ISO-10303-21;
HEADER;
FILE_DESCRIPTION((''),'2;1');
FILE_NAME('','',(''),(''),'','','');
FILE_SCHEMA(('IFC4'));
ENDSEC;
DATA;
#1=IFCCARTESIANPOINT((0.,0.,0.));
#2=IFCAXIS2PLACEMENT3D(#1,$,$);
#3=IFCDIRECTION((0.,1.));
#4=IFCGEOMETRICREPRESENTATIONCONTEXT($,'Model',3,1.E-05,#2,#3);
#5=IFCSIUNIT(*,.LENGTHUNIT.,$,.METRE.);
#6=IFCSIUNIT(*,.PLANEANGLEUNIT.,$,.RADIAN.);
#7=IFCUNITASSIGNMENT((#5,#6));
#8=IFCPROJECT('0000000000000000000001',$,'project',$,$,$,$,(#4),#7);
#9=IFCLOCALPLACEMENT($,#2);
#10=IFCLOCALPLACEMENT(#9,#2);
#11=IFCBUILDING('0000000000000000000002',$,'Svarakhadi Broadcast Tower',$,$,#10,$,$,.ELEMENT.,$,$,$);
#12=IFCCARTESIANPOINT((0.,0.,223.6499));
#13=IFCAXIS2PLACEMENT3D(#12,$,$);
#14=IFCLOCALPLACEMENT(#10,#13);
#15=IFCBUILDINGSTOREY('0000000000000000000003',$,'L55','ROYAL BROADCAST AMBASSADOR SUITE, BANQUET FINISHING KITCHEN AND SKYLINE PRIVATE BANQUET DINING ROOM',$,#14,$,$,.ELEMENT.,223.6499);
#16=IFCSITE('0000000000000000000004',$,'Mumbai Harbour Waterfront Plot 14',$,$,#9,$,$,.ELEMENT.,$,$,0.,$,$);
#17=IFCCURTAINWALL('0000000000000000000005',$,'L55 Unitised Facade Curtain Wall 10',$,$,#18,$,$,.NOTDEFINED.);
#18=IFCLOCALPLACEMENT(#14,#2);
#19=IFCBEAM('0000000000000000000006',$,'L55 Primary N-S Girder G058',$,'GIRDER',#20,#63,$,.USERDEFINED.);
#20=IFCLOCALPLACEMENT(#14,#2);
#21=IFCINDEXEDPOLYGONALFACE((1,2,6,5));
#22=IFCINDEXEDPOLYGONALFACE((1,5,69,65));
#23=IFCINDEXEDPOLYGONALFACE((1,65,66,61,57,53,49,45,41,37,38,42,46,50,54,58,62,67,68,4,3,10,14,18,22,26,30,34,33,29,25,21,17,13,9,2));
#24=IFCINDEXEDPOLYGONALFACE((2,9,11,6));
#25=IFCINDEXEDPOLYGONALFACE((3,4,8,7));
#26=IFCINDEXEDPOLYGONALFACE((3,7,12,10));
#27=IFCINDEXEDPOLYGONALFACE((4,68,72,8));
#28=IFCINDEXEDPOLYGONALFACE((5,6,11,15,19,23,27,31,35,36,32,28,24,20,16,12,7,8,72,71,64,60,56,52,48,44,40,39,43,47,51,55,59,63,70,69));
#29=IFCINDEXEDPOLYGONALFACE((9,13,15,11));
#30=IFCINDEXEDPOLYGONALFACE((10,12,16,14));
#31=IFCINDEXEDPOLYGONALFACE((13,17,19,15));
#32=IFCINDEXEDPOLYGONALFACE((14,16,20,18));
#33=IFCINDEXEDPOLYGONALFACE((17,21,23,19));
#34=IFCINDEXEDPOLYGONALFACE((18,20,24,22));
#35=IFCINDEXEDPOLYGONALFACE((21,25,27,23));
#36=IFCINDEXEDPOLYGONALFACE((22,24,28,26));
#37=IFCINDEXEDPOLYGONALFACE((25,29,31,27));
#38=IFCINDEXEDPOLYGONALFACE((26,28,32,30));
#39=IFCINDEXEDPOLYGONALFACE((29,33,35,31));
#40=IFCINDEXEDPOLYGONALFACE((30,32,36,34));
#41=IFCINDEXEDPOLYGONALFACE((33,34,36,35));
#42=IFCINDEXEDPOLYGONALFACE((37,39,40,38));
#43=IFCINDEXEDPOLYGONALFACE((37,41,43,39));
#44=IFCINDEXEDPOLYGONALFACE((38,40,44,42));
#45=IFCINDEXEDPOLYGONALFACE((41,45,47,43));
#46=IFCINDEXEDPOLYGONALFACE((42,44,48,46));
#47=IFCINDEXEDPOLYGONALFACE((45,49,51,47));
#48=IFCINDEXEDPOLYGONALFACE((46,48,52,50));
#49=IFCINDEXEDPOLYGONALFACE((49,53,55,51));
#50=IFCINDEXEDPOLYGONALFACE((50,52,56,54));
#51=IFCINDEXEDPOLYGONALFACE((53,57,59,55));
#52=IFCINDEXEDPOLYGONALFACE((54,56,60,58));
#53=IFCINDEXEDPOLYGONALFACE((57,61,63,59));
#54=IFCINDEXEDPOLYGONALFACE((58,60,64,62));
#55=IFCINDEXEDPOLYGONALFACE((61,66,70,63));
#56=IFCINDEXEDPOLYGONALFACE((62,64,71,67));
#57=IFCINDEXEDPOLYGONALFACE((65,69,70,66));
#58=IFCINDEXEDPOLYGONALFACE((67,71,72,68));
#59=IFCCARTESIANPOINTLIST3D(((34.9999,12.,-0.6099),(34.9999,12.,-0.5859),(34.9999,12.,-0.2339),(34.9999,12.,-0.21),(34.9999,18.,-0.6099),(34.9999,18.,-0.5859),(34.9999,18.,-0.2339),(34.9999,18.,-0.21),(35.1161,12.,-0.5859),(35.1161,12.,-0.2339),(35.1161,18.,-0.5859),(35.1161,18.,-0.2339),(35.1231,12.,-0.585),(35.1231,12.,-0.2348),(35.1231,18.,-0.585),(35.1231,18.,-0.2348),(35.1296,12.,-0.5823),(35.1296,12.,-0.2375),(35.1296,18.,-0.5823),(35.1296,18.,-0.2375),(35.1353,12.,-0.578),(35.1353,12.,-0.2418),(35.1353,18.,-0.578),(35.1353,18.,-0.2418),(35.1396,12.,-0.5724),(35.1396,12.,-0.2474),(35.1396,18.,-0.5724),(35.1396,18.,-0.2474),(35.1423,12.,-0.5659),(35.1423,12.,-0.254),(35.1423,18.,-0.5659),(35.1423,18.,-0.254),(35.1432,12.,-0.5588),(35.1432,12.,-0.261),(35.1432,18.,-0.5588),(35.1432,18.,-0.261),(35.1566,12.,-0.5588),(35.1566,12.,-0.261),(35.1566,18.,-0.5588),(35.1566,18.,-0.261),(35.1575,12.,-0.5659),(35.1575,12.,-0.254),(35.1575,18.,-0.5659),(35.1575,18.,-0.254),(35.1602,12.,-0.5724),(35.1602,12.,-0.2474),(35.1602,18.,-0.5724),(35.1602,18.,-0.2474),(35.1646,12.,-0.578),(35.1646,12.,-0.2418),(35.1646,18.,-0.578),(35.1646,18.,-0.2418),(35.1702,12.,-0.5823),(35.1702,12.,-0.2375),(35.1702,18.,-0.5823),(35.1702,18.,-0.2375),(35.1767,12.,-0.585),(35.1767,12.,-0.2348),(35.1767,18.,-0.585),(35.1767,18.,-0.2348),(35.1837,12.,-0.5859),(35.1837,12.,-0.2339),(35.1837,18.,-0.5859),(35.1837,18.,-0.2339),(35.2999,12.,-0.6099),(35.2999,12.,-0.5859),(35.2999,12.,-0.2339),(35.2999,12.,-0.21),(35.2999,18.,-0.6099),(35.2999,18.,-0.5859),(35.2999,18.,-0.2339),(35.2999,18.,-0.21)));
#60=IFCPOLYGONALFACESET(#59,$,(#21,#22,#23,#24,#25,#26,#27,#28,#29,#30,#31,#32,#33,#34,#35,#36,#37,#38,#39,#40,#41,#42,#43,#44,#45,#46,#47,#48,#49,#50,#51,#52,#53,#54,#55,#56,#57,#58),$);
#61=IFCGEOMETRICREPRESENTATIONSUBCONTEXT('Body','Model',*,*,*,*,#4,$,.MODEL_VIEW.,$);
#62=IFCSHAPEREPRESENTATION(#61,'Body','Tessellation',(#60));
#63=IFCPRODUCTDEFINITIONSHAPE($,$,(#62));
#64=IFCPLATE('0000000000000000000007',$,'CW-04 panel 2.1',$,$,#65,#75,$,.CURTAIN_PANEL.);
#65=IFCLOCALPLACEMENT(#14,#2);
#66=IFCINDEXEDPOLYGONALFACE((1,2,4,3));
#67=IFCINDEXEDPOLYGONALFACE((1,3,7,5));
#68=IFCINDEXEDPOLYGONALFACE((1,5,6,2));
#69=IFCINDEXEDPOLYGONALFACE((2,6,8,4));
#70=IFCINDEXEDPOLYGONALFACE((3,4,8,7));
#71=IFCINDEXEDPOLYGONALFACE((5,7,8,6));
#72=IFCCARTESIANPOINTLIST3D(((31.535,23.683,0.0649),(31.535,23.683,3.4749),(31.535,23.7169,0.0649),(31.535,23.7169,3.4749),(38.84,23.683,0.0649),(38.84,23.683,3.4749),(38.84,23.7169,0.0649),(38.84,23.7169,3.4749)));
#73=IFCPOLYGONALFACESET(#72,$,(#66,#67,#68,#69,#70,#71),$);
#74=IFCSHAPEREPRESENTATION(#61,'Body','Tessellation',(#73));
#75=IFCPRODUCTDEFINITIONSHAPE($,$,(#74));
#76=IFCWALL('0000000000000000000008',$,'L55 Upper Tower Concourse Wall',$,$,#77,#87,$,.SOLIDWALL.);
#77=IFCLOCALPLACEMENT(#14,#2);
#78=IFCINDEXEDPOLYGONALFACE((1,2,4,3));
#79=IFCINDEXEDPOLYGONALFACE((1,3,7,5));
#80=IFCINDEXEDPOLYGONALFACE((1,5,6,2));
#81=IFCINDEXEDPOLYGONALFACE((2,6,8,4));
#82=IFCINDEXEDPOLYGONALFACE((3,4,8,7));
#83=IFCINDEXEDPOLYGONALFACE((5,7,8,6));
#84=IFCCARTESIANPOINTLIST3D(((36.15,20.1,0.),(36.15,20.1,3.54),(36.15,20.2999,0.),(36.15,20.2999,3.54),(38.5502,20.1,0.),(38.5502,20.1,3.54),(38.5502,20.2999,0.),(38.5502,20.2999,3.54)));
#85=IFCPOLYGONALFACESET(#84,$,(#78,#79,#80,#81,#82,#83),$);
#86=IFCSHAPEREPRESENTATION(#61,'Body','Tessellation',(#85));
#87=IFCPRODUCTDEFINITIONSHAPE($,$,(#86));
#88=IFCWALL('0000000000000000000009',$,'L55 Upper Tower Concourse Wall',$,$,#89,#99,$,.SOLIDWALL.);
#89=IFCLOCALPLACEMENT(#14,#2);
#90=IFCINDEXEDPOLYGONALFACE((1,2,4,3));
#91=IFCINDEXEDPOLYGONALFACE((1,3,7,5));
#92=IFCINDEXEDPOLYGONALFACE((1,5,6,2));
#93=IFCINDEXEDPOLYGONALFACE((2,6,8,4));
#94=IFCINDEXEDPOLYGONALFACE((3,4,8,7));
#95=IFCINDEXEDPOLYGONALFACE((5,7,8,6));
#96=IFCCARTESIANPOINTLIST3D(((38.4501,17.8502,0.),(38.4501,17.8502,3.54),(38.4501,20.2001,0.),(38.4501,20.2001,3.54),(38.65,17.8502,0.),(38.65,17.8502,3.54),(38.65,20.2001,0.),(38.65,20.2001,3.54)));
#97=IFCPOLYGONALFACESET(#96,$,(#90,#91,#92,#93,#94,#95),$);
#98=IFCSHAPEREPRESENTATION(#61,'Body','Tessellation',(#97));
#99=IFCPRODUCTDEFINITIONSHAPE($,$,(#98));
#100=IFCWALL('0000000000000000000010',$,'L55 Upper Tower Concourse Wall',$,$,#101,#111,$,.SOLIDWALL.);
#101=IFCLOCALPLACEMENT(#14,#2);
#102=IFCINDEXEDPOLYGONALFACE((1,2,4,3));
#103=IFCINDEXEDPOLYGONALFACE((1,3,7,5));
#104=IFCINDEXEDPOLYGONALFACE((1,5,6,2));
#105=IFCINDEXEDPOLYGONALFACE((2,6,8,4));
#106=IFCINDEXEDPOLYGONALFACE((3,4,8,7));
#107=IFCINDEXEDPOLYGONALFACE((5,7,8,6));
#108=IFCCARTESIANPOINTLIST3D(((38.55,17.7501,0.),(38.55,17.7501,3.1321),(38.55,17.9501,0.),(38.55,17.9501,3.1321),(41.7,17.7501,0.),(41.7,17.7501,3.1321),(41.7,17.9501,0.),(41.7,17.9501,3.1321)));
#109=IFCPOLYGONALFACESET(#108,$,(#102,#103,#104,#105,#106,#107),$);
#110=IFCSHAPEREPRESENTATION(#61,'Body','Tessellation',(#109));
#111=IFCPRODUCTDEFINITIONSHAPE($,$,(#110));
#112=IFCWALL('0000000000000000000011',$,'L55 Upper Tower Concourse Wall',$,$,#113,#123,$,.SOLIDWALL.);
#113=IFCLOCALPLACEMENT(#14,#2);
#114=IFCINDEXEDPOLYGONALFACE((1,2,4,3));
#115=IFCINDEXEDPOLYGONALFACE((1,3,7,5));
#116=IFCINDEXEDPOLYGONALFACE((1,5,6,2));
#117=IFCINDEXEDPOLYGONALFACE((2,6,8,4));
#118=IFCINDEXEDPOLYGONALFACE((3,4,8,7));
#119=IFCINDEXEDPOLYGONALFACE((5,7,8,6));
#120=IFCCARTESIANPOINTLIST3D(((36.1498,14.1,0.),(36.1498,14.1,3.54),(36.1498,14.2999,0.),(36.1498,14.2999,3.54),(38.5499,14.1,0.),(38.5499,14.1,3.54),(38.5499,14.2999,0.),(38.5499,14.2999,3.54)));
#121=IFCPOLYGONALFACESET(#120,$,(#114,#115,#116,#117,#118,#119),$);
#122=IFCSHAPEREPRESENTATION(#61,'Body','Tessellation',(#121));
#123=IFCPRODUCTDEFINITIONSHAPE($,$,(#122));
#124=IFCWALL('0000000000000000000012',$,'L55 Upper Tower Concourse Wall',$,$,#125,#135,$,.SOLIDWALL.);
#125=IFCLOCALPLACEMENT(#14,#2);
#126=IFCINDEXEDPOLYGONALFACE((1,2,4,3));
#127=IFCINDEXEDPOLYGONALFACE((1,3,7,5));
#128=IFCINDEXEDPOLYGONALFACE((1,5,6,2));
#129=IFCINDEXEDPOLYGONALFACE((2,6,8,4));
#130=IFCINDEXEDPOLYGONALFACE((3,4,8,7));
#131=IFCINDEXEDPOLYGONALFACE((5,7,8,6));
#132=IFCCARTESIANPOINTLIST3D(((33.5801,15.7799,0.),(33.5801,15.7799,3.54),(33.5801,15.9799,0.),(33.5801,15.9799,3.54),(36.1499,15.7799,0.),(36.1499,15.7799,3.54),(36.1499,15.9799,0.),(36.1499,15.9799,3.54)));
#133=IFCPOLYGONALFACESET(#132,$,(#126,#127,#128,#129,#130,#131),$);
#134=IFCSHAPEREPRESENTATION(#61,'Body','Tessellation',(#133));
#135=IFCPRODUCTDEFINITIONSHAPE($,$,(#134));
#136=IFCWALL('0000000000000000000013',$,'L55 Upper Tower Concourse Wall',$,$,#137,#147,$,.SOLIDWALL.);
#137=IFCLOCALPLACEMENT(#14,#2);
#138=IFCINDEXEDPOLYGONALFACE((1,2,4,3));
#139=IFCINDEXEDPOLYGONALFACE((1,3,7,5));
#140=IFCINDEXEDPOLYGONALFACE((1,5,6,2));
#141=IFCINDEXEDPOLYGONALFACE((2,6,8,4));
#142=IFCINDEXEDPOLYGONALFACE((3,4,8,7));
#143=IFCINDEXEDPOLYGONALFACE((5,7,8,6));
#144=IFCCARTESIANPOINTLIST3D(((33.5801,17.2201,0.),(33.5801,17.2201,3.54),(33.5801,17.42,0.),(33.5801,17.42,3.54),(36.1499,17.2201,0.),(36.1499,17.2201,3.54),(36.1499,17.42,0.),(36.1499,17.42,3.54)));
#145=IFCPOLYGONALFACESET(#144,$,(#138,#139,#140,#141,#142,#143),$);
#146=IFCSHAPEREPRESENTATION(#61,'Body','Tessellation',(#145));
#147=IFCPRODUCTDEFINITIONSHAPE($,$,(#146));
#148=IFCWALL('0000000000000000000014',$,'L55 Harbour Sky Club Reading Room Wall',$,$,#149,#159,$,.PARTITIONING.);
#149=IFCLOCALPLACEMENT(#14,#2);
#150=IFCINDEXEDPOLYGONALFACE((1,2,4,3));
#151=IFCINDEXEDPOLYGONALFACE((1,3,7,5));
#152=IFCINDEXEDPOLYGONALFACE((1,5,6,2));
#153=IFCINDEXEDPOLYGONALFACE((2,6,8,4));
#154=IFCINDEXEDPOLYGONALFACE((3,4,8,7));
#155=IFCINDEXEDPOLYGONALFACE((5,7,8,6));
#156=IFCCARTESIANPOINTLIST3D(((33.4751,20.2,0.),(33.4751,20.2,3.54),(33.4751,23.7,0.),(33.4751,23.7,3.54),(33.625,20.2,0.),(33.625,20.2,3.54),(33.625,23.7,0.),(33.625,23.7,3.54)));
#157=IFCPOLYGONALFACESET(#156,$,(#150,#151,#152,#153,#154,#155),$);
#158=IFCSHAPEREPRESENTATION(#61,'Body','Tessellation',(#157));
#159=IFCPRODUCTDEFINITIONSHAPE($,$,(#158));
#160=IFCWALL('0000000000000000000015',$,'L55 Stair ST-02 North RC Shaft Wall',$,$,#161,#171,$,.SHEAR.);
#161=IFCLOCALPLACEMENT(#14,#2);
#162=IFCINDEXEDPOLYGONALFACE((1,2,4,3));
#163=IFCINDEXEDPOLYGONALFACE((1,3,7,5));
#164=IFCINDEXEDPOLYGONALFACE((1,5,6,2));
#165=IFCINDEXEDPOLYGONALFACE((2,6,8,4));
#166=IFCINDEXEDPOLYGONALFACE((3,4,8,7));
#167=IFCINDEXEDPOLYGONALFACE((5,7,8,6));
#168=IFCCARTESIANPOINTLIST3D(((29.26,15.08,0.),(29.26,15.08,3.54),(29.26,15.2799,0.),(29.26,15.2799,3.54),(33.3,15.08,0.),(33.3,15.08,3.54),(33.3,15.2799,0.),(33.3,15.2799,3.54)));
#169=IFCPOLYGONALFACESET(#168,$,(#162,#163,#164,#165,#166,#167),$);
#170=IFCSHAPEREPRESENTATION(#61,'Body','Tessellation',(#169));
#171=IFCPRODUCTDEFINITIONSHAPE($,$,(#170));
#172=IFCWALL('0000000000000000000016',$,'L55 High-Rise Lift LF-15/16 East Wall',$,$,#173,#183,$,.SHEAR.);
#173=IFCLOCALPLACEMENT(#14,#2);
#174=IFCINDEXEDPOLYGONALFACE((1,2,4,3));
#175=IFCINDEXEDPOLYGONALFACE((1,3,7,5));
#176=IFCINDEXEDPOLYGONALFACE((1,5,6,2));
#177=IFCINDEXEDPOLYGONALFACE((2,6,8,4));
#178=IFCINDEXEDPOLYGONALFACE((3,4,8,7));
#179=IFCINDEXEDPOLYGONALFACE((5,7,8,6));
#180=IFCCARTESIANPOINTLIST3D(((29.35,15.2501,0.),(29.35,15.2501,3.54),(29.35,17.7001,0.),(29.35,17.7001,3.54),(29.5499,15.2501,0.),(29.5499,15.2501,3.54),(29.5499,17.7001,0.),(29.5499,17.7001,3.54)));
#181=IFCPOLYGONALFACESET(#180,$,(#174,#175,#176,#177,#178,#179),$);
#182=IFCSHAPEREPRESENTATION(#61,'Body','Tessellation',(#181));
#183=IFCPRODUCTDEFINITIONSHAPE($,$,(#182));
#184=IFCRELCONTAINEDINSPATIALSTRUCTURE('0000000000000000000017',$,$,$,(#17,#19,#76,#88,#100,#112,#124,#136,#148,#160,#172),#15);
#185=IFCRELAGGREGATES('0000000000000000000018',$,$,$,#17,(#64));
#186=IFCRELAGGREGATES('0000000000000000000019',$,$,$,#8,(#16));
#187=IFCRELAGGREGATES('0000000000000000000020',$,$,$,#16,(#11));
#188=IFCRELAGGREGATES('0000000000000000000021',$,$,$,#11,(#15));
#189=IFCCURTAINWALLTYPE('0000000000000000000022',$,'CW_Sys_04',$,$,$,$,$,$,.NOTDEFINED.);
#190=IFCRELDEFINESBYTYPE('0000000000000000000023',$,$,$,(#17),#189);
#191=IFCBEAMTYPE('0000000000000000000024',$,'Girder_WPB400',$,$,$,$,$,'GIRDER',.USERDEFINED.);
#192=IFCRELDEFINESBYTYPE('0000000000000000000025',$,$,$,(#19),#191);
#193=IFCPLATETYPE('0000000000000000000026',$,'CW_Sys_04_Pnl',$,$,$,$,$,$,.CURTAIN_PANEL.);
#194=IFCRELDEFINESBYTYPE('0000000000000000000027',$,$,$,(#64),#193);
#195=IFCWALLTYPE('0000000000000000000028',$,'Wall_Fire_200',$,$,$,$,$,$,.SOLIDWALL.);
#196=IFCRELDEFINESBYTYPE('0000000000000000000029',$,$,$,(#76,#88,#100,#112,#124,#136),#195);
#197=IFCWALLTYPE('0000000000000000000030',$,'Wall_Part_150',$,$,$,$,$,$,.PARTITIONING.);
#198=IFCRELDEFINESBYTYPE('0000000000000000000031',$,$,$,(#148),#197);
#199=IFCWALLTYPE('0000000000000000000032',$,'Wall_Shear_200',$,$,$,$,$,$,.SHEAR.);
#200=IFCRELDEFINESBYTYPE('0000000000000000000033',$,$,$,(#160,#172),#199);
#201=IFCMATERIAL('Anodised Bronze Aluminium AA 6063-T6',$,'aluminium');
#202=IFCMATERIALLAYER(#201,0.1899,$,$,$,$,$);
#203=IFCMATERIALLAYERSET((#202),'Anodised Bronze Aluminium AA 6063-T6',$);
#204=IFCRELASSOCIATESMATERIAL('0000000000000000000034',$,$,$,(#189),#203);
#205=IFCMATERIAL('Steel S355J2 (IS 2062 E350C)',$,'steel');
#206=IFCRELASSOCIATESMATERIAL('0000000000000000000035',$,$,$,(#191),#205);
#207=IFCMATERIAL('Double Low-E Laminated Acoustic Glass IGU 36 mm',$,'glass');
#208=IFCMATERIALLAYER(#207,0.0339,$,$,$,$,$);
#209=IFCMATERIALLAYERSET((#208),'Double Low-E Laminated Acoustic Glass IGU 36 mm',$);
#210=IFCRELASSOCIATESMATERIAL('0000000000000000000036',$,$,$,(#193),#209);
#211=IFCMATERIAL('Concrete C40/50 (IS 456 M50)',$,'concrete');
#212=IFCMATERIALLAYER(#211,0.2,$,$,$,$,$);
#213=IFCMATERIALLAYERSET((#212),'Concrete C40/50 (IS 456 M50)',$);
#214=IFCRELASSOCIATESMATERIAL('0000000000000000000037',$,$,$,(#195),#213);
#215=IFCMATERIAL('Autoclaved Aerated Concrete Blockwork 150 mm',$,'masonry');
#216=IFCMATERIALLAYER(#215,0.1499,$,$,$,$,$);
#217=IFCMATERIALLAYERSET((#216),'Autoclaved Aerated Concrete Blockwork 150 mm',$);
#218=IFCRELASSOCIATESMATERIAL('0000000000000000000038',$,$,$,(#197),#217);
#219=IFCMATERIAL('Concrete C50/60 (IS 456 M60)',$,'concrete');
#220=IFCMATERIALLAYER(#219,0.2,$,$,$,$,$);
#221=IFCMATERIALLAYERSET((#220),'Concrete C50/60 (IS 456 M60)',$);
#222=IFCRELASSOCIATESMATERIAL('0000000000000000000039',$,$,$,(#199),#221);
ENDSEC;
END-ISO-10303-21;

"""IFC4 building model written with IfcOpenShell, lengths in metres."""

from ifc_helpers import new_model, si_unit, direction, frame, frame_2d, origin, origin_2d, place, context, subcontext, project, spatial, rectangle, i_section, extrude, material, layer, layer_set, material_profile, profile_set, type_object, element, aggregate, save


model = new_model("IFC4")

# Units and contexts
model_context = context("Model", 3, precision=1e-05, world=origin(), true_north=direction((0.0, 1.0)))
body_context = subcontext(model_context, "Body", "Model", "MODEL_VIEW")
ifc_project = project(units=[si_unit("LENGTHUNIT", "METRE"), si_unit("PLANEANGLEUNIT", "RADIAN")], contexts=[model_context])

# Site, building, storey
site_placement = place(None, origin())
site = spatial("IfcSite", under=ifc_project, at=site_placement, Name="Mumbai Harbour Waterfront Plot 14", CompositionType="ELEMENT", RefElevation=0.0)
building_placement = place(site_placement, origin())
building = spatial("IfcBuilding", under=site, at=building_placement, Name="Svarakhadi Broadcast Tower", CompositionType="ELEMENT")
storey_placement = place(building_placement, frame((0.0, 0.0, 223.6499)))
storey = spatial("IfcBuildingStorey", under=building, at=storey_placement, Name="L55", Description="ROYAL BROADCAST AMBASSADOR SUITE, BANQUET FINISHING KITCHEN AND SKYLINE PRIVATE BANQUET DINING ROOM", CompositionType="ELEMENT", Elevation=223.6499)

# Shared definitions
ifc_material_1 = material(Name="Concrete C50/60 (IS 456 M60)", Category="concrete")

# Shared definitions
ifc_material_2 = material(Name="Steel S355J2 (IS 2062 E350C)", Category="steel")

# Curtain wall
ifc_material_3 = material(Name="Anodised Bronze Aluminium AA 6063-T6", Category="aluminium")
ifc_layer_1 = layer(ifc_material_3, 0.1899)
ifc_layer_set_1 = layer_set([ifc_layer_1], Name="Anodised Bronze Aluminium AA 6063-T6")
curtain_wall_type = type_object("IfcCurtainWallType", Name="CW_Sys_04", PredefinedType="NOTDEFINED", material=ifc_layer_set_1)
curtain_wall_placement = place(storey_placement, origin())
curtain_wall = element("IfcCurtainWall", 1, at=curtain_wall_placement, inside=storey, type_object=curtain_wall_type, Name="L55 Unitised Facade Curtain Wall 10", PredefinedType="NOTDEFINED")

# Beam
ifc_material_profile_1 = material_profile(ifc_material_2, i_section(OverallWidth=0.3, OverallDepth=0.3999, WebThickness=0.0134, FlangeThickness=0.0239, FilletRadius=0.0271, at=origin_2d()), Name="WPB 400x300x155")
ifc_profile_set_1 = profile_set([ifc_material_profile_1], Name="Steel S355J2 (IS 2062 E350C)")
beam_type_1 = type_object("IfcBeamType", Name="Girder_WPB400", ElementType="GIRDER", PredefinedType="USERDEFINED", material=ifc_profile_set_1)
beam_1_placement = place(storey_placement, frame((35.1499, 12.0, -0.4099), z_axis=(0.0, 1.0, 0.0), x_axis=(-1.0, 0.0, 0.0)))
element("IfcBeam", 2, at=beam_1_placement, inside=storey, type_object=beam_type_1, Name="L55 Primary N-S Girder G058", ObjectType="GIRDER", PredefinedType="USERDEFINED", context=body_context, shape_type="SweptSolid", body=[
    extrude(i_section(OverallWidth=0.3, OverallDepth=0.3999, WebThickness=0.0134, FlangeThickness=0.0239, FilletRadius=0.0271, at=origin_2d()), origin(), (0.0, 0.0, 1.0), 6.0),
])

# Plate
ifc_material_4 = material(Name="Double Low-E Laminated Acoustic Glass IGU 36 mm", Category="glass")
ifc_layer_2 = layer(ifc_material_4, 0.0339)
ifc_layer_set_2 = layer_set([ifc_layer_2], Name="Double Low-E Laminated Acoustic Glass IGU 36 mm")
plate_type = type_object("IfcPlateType", Name="CW_Sys_04_Pnl", PredefinedType="CURTAIN_PANEL", material=ifc_layer_set_2)
plate_placement = place(storey_placement, frame((35.1875, 23.7, 0.0649), z_axis=(0.0, 0.0, 1.0), x_axis=(1.0, 0.0, 0.0)))
plate = element("IfcPlate", 3, at=plate_placement, type_object=plate_type, Name="CW-04 panel 2.1", PredefinedType="CURTAIN_PANEL", context=body_context, shape_type="SweptSolid", body=[
    extrude(rectangle(XDim=7.3049, YDim=0.0339, at=origin_2d()), origin(), (0.0, 0.0, 1.0), 3.4099),
])
aggregate(curtain_wall, [plate])

# Walls
ifc_material_5 = material(Name="Concrete C40/50 (IS 456 M50)", Category="concrete")
ifc_layer_3 = layer(ifc_material_5, 0.2)
ifc_layer_set_3 = layer_set([ifc_layer_3], Name="Concrete C40/50 (IS 456 M50)")
wall_type_1 = type_object("IfcWallType", Name="Wall_Fire_200", PredefinedType="SOLIDWALL", material=ifc_layer_set_3)
wall_1_placement = place(storey_placement, frame((36.1499, 20.2, 0.0), z_axis=(0.0, 0.0, 1.0), x_axis=(1.0, 0.0, 0.0)))
element("IfcWall", 4, at=wall_1_placement, inside=storey, type_object=wall_type_1, Name="L55 Upper Tower Concourse Wall", PredefinedType="SOLIDWALL", context=body_context, shape_type="SweptSolid", body=[
    extrude(rectangle(XDim=2.4001, YDim=0.2, at=frame_2d((1.2002, 0.0))), origin(), (0.0, 0.0, 1.0), 3.54),
])
wall_2_placement = place(storey_placement, frame((38.55, 20.2, 0.0), z_axis=(0.0, 0.0, 1.0), x_axis=(0.0, -1.0, 0.0)))
element("IfcWall", 5, at=wall_2_placement, inside=storey, type_object=wall_type_1, Name="L55 Upper Tower Concourse Wall", PredefinedType="SOLIDWALL", context=body_context, shape_type="SweptSolid", body=[
    extrude(rectangle(XDim=2.3499, YDim=0.2, at=frame_2d((1.1748, 0.0))), origin(), (0.0, 0.0, 1.0), 3.54),
])
wall_3_placement = place(storey_placement, frame((38.55, 17.8501, 0.0), z_axis=(0.0, 0.0, 1.0), x_axis=(1.0, 0.0, 0.0)))
element("IfcWall", 6, at=wall_3_placement, inside=storey, type_object=wall_type_1, Name="L55 Upper Tower Concourse Wall", PredefinedType="SOLIDWALL", context=body_context, shape_type="SweptSolid", body=[
    extrude(rectangle(XDim=3.1499, YDim=0.2, at=frame_2d((1.575, 0.0))), origin(), (0.0, 0.0, 1.0), 3.1321),
])
wall_4_placement = place(storey_placement, frame((38.55, 14.2, 0.0), z_axis=(0.0, 0.0, 1.0), x_axis=(-1.0, 0.0, 0.0)))
element("IfcWall", 7, at=wall_4_placement, inside=storey, type_object=wall_type_1, Name="L55 Upper Tower Concourse Wall", PredefinedType="SOLIDWALL", context=body_context, shape_type="SweptSolid", body=[
    extrude(rectangle(XDim=2.4001, YDim=0.2, at=frame_2d((1.2002, 0.0))), origin(), (0.0, 0.0, 1.0), 3.54),
])

# Walls
for number, where, z_axis, x_axis, name in (
    (8, (36.1499, 15.8799, 0.0), (0.0, 0.0, 1.0), (-1.0, 0.0, 0.0), "L55 Upper Tower Concourse Wall"),
    (9, (33.5801, 17.3201, 0.0), (0.0, 0.0, 1.0), (1.0, 0.0, 0.0), "L55 Upper Tower Concourse Wall"),
):
    element("IfcWall", number, at=place(storey_placement, frame(where, z_axis=z_axis, x_axis=x_axis)), inside=storey, type_object=wall_type_1, Name=name, PredefinedType="SOLIDWALL", context=body_context, shape_type="SweptSolid", body=[
        extrude(rectangle(XDim=2.5698, YDim=0.2, at=frame_2d((1.2849, 0.0))), origin(), (0.0, 0.0, 1.0), 3.54),
    ])

# Shared definitions
ifc_material_6 = material(Name="Autoclaved Aerated Concrete Blockwork 150 mm", Category="masonry")
ifc_layer_4 = layer(ifc_material_6, 0.1499)
ifc_layer_set_4 = layer_set([ifc_layer_4], Name="Autoclaved Aerated Concrete Blockwork 150 mm")
wall_type_2 = type_object("IfcWallType", Name="Wall_Part_150", PredefinedType="PARTITIONING", material=ifc_layer_set_4)

# Walls
wall_5_placement = place(storey_placement, frame((33.55, 20.2, 0.0), z_axis=(0.0, 0.0, 1.0), x_axis=(0.0, 1.0, 0.0)))
element("IfcWall", 10, at=wall_5_placement, inside=storey, type_object=wall_type_2, Name="L55 Harbour Sky Club Reading Room Wall", PredefinedType="PARTITIONING", context=body_context, shape_type="SweptSolid", body=[
    extrude(rectangle(XDim=3.5, YDim=0.1499, at=frame_2d((1.75, 0.0))), origin(), (0.0, 0.0, 1.0), 3.54),
])
ifc_layer_5 = layer(ifc_material_1, 0.2)
ifc_layer_set_5 = layer_set([ifc_layer_5], Name="Concrete C50/60 (IS 456 M60)")
wall_type_3 = type_object("IfcWallType", Name="Wall_Shear_200", PredefinedType="SHEAR", material=ifc_layer_set_5)
wall_6_placement = place(storey_placement, frame((29.26, 15.1799, 0.0), z_axis=(0.0, 0.0, 1.0), x_axis=(1.0, 0.0, 0.0)))
element("IfcWall", 11, at=wall_6_placement, inside=storey, type_object=wall_type_3, Name="L55 Stair ST-02 North RC Shaft Wall", PredefinedType="SHEAR", context=body_context, shape_type="SweptSolid", body=[
    extrude(rectangle(XDim=4.04, YDim=0.2, at=frame_2d((2.02, 0.0))), origin(), (0.0, 0.0, 1.0), 3.54),
])
wall_7_placement = place(storey_placement, frame((29.45, 15.25, 0.0), z_axis=(0.0, 0.0, 1.0), x_axis=(0.0, 1.0, 0.0)))
element("IfcWall", 12, at=wall_7_placement, inside=storey, type_object=wall_type_3, Name="L55 High-Rise Lift LF-15/16 East Wall", PredefinedType="SHEAR", context=body_context, shape_type="SweptSolid", body=[
    extrude(rectangle(XDim=2.45, YDim=0.2, at=frame_2d((1.2251, 0.0))), origin(), (0.0, 0.0, 1.0), 3.54),
])

save(model, "model.ifc")
